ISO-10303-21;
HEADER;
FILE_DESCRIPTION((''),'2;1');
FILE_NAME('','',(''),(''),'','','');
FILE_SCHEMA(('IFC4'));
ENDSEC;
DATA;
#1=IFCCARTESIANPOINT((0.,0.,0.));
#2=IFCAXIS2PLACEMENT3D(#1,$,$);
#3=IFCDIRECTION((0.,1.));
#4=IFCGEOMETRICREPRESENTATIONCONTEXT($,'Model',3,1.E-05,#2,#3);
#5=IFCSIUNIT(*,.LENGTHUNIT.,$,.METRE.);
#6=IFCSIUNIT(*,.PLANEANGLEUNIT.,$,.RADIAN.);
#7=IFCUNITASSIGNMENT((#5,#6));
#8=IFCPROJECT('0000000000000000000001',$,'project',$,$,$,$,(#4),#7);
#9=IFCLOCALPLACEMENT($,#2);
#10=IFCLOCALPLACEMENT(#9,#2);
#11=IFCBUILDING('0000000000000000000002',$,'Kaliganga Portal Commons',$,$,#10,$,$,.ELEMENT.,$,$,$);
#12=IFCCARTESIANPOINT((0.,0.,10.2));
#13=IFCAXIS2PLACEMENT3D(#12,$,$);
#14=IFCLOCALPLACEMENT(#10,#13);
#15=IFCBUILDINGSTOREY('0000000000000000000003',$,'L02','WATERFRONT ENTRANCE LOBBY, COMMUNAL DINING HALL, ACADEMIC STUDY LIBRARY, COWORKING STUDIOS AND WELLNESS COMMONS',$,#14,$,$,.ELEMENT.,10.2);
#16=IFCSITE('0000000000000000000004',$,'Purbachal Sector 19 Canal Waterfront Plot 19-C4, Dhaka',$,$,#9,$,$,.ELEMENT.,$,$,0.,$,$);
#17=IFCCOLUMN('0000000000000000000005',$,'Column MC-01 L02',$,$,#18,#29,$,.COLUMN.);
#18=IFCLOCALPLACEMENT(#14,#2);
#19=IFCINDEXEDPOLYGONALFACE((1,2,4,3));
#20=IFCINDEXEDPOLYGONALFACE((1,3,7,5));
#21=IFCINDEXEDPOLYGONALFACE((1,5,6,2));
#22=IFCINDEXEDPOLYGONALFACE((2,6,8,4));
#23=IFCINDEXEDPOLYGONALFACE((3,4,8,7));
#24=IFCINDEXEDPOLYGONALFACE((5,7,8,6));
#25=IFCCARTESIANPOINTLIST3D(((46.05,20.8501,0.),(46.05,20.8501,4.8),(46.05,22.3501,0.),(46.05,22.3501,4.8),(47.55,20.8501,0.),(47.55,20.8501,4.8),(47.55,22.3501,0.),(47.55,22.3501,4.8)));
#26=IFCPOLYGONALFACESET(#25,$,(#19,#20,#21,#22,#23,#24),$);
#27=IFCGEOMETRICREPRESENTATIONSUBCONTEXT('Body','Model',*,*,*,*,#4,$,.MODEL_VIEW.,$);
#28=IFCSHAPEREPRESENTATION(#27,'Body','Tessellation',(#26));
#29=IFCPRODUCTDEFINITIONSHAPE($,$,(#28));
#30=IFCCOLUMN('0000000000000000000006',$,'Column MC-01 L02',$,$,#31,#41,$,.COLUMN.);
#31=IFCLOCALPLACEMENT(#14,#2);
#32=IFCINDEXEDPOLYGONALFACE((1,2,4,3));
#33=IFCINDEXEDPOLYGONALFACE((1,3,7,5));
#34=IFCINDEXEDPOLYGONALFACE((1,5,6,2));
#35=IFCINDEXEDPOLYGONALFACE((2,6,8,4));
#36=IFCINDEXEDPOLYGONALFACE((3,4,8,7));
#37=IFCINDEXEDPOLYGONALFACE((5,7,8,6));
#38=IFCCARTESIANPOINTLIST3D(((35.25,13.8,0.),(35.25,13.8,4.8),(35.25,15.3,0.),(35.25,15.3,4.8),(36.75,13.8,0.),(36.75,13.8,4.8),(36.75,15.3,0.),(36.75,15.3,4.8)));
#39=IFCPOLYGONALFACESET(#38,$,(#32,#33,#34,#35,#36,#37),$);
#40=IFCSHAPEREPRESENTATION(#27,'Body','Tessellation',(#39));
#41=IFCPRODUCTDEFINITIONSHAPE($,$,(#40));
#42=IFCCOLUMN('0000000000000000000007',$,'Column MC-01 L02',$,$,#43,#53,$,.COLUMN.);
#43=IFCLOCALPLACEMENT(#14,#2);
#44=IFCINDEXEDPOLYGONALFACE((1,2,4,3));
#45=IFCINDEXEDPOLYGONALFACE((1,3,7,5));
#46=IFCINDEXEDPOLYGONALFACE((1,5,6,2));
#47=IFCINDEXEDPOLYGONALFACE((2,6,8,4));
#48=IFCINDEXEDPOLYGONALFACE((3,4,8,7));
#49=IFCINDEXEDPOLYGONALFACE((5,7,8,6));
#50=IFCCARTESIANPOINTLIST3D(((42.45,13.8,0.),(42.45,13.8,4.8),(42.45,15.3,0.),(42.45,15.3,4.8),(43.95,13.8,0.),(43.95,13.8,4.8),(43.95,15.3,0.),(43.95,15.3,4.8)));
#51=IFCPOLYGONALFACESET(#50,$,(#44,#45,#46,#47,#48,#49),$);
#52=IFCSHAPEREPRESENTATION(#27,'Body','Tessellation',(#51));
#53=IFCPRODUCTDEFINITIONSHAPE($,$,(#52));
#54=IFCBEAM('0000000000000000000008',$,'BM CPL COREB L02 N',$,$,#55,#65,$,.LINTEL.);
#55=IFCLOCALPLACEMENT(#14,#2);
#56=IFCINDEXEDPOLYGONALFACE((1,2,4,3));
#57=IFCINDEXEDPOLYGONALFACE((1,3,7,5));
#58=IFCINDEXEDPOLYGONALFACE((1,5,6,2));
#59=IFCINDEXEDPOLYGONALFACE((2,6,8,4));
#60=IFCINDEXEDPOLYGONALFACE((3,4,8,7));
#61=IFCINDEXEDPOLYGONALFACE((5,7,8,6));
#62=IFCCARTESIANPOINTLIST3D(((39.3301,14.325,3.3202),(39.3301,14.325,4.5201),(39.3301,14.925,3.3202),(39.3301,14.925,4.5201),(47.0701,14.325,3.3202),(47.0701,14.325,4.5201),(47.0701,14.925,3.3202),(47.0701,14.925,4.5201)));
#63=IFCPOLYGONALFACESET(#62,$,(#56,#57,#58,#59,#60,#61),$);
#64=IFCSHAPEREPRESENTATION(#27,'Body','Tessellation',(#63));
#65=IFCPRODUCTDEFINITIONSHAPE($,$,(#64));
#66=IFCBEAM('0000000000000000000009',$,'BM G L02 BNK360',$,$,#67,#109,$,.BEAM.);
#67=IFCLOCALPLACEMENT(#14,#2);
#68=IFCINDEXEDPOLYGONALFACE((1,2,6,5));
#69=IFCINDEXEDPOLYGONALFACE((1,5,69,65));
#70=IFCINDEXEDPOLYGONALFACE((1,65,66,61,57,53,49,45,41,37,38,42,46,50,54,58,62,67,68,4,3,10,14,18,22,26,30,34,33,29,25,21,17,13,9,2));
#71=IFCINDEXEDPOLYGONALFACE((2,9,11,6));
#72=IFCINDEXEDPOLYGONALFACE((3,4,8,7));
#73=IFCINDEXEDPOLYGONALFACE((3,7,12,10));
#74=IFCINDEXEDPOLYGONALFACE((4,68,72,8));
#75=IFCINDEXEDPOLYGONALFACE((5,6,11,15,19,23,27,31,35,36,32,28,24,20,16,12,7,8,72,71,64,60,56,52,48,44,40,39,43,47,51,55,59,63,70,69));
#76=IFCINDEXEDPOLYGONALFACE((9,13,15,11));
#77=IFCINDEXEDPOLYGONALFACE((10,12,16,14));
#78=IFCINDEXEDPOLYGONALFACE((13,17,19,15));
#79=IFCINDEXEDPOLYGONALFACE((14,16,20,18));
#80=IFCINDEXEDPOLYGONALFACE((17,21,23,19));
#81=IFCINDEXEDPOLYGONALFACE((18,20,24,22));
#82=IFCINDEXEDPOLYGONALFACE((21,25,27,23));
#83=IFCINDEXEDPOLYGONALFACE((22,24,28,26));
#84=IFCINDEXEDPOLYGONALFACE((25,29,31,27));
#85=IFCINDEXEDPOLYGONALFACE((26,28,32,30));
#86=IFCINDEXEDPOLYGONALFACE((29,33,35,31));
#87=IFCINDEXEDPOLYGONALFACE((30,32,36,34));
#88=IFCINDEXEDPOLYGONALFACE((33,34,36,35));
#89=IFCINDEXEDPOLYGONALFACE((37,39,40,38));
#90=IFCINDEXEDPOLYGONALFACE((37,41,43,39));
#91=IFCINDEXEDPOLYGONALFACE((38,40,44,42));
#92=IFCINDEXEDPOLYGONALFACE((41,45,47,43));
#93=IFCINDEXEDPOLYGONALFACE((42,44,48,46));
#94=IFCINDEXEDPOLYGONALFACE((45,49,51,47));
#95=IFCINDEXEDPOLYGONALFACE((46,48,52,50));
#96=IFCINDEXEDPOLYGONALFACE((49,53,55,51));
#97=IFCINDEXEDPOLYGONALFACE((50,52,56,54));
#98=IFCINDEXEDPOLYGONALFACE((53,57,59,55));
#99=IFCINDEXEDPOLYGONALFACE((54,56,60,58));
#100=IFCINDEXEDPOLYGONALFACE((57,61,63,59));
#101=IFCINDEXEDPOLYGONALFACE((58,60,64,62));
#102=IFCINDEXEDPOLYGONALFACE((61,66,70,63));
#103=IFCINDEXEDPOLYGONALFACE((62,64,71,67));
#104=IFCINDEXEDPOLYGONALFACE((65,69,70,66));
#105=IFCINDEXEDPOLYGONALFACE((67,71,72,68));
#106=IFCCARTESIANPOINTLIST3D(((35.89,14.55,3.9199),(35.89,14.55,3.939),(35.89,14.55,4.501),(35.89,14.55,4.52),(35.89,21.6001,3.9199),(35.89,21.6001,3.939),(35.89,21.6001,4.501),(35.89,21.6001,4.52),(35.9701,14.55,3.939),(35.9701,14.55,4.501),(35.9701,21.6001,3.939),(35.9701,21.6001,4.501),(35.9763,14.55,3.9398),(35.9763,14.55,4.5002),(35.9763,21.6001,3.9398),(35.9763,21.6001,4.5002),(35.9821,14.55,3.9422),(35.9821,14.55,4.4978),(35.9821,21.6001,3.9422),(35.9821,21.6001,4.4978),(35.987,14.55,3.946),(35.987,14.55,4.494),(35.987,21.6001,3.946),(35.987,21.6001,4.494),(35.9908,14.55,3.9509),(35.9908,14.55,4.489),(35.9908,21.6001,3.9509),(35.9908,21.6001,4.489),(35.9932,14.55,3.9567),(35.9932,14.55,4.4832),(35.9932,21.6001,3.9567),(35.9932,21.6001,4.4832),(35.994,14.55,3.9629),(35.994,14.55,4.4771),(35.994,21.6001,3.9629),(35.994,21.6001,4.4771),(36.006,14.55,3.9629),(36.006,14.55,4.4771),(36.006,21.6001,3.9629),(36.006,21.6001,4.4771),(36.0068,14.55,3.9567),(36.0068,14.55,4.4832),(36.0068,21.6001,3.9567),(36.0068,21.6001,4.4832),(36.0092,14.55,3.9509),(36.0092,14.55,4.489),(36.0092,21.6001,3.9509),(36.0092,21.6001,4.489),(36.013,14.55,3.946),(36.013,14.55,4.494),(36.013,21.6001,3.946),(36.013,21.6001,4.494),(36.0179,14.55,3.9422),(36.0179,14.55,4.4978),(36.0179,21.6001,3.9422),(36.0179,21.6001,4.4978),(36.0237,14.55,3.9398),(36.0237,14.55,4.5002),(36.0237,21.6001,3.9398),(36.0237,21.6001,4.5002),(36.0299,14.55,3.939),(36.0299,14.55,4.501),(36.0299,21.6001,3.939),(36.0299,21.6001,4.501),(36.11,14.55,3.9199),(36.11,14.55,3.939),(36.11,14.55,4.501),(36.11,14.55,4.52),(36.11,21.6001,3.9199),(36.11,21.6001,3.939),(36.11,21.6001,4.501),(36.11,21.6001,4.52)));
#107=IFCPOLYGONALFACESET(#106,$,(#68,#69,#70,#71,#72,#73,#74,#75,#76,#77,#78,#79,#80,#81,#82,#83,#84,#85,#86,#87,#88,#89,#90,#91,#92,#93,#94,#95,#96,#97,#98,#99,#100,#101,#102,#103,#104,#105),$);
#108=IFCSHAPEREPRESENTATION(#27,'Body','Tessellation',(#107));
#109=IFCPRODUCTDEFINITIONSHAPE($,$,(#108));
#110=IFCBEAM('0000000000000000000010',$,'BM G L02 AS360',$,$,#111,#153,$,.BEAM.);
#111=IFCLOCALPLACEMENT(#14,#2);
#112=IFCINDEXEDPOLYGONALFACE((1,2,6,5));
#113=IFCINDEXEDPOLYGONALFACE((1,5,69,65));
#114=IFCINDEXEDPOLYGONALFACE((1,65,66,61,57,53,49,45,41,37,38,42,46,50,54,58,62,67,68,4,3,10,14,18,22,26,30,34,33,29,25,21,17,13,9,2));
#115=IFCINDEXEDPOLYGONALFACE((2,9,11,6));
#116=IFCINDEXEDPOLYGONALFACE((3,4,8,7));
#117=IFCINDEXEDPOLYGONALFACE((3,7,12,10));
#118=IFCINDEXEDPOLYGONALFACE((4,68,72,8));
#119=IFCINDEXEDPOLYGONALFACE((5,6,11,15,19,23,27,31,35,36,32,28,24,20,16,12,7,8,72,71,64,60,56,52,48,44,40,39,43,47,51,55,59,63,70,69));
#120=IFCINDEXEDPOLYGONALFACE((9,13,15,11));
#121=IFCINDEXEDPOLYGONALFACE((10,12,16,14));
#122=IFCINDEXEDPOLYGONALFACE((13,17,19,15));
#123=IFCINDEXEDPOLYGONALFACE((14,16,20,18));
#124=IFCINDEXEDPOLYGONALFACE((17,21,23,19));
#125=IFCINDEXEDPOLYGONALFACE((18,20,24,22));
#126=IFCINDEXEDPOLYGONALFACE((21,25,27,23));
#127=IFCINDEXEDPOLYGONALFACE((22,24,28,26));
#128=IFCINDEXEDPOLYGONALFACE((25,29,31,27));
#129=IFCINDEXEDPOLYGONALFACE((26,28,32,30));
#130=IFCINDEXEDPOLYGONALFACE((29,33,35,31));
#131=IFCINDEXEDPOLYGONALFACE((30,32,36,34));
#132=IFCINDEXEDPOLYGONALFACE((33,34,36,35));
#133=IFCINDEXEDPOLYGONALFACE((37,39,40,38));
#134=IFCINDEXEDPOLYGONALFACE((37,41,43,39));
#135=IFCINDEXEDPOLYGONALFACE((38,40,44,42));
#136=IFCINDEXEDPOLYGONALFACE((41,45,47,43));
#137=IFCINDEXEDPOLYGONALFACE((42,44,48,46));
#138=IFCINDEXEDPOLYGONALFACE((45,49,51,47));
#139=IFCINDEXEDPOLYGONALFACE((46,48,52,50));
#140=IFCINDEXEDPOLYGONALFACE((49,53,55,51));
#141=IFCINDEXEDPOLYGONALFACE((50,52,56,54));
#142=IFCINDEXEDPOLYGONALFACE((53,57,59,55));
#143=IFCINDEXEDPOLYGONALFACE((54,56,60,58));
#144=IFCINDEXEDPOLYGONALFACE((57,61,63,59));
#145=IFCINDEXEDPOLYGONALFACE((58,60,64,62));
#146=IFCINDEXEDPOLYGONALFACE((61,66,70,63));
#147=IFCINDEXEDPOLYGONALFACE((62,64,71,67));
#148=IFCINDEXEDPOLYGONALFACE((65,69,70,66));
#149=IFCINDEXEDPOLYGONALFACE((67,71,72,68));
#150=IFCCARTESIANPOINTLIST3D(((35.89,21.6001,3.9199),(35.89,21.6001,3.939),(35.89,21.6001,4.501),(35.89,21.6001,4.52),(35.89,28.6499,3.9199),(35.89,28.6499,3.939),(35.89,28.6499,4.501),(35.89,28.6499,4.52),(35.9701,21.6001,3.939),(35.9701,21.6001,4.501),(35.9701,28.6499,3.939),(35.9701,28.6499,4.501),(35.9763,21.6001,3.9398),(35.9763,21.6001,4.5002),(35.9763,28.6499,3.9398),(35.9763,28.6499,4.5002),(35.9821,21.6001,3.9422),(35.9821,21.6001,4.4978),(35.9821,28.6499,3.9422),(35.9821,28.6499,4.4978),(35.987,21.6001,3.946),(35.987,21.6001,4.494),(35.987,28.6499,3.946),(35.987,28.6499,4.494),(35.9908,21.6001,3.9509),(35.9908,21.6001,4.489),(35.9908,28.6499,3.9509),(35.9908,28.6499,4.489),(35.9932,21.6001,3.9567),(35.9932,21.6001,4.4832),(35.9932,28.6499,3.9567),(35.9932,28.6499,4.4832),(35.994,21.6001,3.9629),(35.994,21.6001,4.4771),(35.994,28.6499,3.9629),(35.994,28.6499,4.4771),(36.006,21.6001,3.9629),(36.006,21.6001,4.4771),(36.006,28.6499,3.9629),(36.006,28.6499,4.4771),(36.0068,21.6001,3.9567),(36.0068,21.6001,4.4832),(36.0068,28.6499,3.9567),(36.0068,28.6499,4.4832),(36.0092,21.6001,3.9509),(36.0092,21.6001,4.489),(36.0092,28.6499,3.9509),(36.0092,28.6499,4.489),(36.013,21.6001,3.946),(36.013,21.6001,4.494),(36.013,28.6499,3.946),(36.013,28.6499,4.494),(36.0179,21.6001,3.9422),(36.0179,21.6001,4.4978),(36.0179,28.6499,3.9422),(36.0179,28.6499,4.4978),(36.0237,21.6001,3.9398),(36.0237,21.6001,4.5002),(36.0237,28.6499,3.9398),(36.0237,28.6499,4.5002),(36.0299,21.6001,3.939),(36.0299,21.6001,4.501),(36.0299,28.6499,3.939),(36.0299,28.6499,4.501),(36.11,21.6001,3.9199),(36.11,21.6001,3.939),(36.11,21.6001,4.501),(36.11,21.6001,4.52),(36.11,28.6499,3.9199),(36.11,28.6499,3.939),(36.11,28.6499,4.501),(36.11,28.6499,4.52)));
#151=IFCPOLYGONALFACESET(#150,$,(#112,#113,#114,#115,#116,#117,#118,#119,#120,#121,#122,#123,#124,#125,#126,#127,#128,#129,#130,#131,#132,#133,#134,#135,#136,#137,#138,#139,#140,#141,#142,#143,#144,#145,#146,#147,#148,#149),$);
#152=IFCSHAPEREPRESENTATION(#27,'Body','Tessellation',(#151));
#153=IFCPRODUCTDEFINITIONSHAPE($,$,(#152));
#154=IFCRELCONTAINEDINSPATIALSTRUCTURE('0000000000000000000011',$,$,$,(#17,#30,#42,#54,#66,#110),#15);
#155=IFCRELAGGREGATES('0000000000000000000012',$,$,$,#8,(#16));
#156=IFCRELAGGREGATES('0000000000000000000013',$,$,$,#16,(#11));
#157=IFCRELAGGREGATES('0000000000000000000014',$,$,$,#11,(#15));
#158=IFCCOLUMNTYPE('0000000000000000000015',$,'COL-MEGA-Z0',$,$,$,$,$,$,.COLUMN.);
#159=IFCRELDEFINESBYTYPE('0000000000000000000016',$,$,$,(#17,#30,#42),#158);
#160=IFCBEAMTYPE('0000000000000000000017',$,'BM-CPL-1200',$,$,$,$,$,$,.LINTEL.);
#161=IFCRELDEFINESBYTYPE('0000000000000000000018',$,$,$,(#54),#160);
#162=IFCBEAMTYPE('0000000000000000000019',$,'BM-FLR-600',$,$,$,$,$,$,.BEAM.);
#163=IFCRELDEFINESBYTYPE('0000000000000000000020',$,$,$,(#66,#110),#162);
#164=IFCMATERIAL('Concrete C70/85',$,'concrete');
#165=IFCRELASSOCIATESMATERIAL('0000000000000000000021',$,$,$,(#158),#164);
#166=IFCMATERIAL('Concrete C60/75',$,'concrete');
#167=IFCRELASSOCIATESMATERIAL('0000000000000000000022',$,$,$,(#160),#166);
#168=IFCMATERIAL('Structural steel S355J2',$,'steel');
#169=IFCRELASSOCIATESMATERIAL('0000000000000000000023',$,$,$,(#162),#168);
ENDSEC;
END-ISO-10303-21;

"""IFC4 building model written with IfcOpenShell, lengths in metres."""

from ifc_helpers import new_model, si_unit, direction, frame, origin, origin_2d, place, context, subcontext, project, spatial, rectangle, i_section, extrude, source, transform, mapped, material, material_profile, profile_set, type_object, element, save


model = new_model("IFC4")

# Units and contexts
model_context = context("Model", 3, precision=1e-05, world=origin(), true_north=direction((0.0, 1.0)))
body_context = subcontext(model_context, "Body", "Model", "MODEL_VIEW")
ifc_project = project(units=[si_unit("LENGTHUNIT", "METRE"), si_unit("PLANEANGLEUNIT", "RADIAN")], contexts=[model_context])

# Site, building, storey
site_placement = place(None, origin())
site = spatial("IfcSite", under=ifc_project, at=site_placement, Name="Purbachal Sector 19 Canal Waterfront Plot 19-C4, Dhaka", CompositionType="ELEMENT", RefElevation=0.0)
building_placement = place(site_placement, origin())
building = spatial("IfcBuilding", under=site, at=building_placement, Name="Kaliganga Portal Commons", CompositionType="ELEMENT")
storey_placement = place(building_placement, frame((0.0, 0.0, 10.2)))
storey = spatial("IfcBuildingStorey", under=building, at=storey_placement, Name="L02", Description="WATERFRONT ENTRANCE LOBBY, COMMUNAL DINING HALL, ACADEMIC STUDY LIBRARY, COWORKING STUDIOS AND WELLNESS COMMONS", CompositionType="ELEMENT", Elevation=10.2)

# Columns
ifc_material_1 = material(Name="Concrete C70/85", Category="concrete")
ifc_material_profile_1 = material_profile(ifc_material_1, rectangle(XDim=1.5, YDim=1.5, at=origin_2d()), Name="RC 1500x1500")
ifc_profile_set_1 = profile_set([ifc_material_profile_1], Name="Concrete C70/85")
column_type = type_object("IfcColumnType", Name="COL-MEGA-Z0", PredefinedType="COLUMN", material=ifc_profile_set_1)
shared_shape_1 = source(origin(), body_context, "Body", "SweptSolid", [
    extrude(rectangle(XDim=1.5, YDim=1.5, at=origin_2d()), origin(), (0.0, 0.0, 1.0), 4.8),
])
for number, where, z_axis, x_axis, name in (
    (1, (46.8, 21.6001, 0.0), (0.0, 0.0, 1.0), (1.0, 0.0, 0.0), "Column MC-01 L02"),
    (2, (36.0, 14.55, 0.0), (0.0, 0.0, 1.0), (1.0, 0.0, 0.0), "Column MC-01 L02"),
    (3, (43.2, 14.55, 0.0), (0.0, 0.0, 1.0), (1.0, 0.0, 0.0), "Column MC-01 L02"),
):
    element("IfcColumn", number, at=place(storey_placement, frame(where, z_axis=z_axis, x_axis=x_axis)), inside=storey, type_object=column_type, Name=name, PredefinedType="COLUMN", context=body_context, shape_type="MappedRepresentation", body=[
        mapped(shared_shape_1, transform((0.0, 0.0, 0.0), x_axis=(1.0, 0.0, 0.0), y_axis=(0.0, 1.0, 0.0), z_axis=(0.0, 0.0, 1.0), scale=1.0)),
    ])

# Beams
ifc_material_2 = material(Name="Concrete C60/75", Category="concrete")
ifc_material_profile_2 = material_profile(ifc_material_2, rectangle(XDim=0.6001, YDim=1.2, at=origin_2d()), Name="RC 600x1200")
ifc_profile_set_2 = profile_set([ifc_material_profile_2], Name="Concrete C60/75")
beam_type_1 = type_object("IfcBeamType", Name="BM-CPL-1200", PredefinedType="LINTEL", material=ifc_profile_set_2)
shared_shape_2 = source(origin(), body_context, "Body", "SweptSolid", [
    extrude(rectangle(XDim=0.6001, YDim=1.2, at=origin_2d()), origin(), (0.0, 0.0, 1.0), 7.74),
])
beam_1_placement = place(storey_placement, frame((39.3301, 14.625, 3.9202), z_axis=(1.0, 0.0, 0.0), x_axis=(0.0, 1.0, 0.0)))
element("IfcBeam", 4, at=beam_1_placement, inside=storey, type_object=beam_type_1, Name="BM CPL COREB L02 N", PredefinedType="LINTEL", context=body_context, shape_type="MappedRepresentation", body=[
    mapped(shared_shape_2, transform((0.0, 0.0, 0.0), x_axis=(1.0, 0.0, 0.0), y_axis=(0.0, 1.0, 0.0), z_axis=(0.0, 0.0, 1.0), scale=1.0)),
])
ifc_material_3 = material(Name="Structural steel S355J2", Category="steel")
ifc_material_profile_3 = material_profile(ifc_material_3, i_section(OverallWidth=0.22, OverallDepth=0.6001, WebThickness=0.012, FlangeThickness=0.019, FilletRadius=0.0239, at=origin_2d()), Name="IPE 600")
ifc_profile_set_3 = profile_set([ifc_material_profile_3], Name="Structural steel S355J2 wide-flange")
beam_type_2 = type_object("IfcBeamType", Name="BM-FLR-600", PredefinedType="BEAM", material=ifc_profile_set_3)
shared_shape_3 = source(origin(), body_context, "Body", "SweptSolid", [
    extrude(i_section(OverallWidth=0.22, OverallDepth=0.6001, WebThickness=0.012, FlangeThickness=0.019, FilletRadius=0.0239, at=origin_2d()), origin(), (0.0, 0.0, 1.0), 7.05),
])
beam_2_placement = place(storey_placement, frame((36.0, 14.55, 4.22), z_axis=(0.0, 1.0, 0.0), x_axis=(-1.0, 0.0, 0.0)))
element("IfcBeam", 5, at=beam_2_placement, inside=storey, type_object=beam_type_2, Name="BM G L02 BNK360", PredefinedType="BEAM", context=body_context, shape_type="MappedRepresentation", body=[
    mapped(shared_shape_3, transform((0.0, 0.0, 0.0), x_axis=(1.0, 0.0, 0.0), y_axis=(0.0, 1.0, 0.0), z_axis=(0.0, 0.0, 1.0), scale=1.0)),
])
shared_shape_4 = source(origin(), body_context, "Body", "SweptSolid", [
    extrude(i_section(OverallWidth=0.22, OverallDepth=0.6001, WebThickness=0.012, FlangeThickness=0.019, FilletRadius=0.0239, at=origin_2d()), origin(), (0.0, 0.0, 1.0), 7.0498),
])
for number, where, z_axis, x_axis, name in (
    (6, (36.0, 21.6001, 4.22), (0.0, 1.0, 0.0), (-1.0, 0.0, 0.0), "BM G L02 AS360"),
):
    element("IfcBeam", number, at=place(storey_placement, frame(where, z_axis=z_axis, x_axis=x_axis)), inside=storey, type_object=beam_type_2, Name=name, PredefinedType="BEAM", context=body_context, shape_type="MappedRepresentation", body=[
        mapped(shared_shape_4, transform((0.0, 0.0, 0.0), x_axis=(1.0, 0.0, 0.0), y_axis=(0.0, 1.0, 0.0), z_axis=(0.0, 0.0, 1.0), scale=1.0)),
    ])

save(model, "model.ifc")
